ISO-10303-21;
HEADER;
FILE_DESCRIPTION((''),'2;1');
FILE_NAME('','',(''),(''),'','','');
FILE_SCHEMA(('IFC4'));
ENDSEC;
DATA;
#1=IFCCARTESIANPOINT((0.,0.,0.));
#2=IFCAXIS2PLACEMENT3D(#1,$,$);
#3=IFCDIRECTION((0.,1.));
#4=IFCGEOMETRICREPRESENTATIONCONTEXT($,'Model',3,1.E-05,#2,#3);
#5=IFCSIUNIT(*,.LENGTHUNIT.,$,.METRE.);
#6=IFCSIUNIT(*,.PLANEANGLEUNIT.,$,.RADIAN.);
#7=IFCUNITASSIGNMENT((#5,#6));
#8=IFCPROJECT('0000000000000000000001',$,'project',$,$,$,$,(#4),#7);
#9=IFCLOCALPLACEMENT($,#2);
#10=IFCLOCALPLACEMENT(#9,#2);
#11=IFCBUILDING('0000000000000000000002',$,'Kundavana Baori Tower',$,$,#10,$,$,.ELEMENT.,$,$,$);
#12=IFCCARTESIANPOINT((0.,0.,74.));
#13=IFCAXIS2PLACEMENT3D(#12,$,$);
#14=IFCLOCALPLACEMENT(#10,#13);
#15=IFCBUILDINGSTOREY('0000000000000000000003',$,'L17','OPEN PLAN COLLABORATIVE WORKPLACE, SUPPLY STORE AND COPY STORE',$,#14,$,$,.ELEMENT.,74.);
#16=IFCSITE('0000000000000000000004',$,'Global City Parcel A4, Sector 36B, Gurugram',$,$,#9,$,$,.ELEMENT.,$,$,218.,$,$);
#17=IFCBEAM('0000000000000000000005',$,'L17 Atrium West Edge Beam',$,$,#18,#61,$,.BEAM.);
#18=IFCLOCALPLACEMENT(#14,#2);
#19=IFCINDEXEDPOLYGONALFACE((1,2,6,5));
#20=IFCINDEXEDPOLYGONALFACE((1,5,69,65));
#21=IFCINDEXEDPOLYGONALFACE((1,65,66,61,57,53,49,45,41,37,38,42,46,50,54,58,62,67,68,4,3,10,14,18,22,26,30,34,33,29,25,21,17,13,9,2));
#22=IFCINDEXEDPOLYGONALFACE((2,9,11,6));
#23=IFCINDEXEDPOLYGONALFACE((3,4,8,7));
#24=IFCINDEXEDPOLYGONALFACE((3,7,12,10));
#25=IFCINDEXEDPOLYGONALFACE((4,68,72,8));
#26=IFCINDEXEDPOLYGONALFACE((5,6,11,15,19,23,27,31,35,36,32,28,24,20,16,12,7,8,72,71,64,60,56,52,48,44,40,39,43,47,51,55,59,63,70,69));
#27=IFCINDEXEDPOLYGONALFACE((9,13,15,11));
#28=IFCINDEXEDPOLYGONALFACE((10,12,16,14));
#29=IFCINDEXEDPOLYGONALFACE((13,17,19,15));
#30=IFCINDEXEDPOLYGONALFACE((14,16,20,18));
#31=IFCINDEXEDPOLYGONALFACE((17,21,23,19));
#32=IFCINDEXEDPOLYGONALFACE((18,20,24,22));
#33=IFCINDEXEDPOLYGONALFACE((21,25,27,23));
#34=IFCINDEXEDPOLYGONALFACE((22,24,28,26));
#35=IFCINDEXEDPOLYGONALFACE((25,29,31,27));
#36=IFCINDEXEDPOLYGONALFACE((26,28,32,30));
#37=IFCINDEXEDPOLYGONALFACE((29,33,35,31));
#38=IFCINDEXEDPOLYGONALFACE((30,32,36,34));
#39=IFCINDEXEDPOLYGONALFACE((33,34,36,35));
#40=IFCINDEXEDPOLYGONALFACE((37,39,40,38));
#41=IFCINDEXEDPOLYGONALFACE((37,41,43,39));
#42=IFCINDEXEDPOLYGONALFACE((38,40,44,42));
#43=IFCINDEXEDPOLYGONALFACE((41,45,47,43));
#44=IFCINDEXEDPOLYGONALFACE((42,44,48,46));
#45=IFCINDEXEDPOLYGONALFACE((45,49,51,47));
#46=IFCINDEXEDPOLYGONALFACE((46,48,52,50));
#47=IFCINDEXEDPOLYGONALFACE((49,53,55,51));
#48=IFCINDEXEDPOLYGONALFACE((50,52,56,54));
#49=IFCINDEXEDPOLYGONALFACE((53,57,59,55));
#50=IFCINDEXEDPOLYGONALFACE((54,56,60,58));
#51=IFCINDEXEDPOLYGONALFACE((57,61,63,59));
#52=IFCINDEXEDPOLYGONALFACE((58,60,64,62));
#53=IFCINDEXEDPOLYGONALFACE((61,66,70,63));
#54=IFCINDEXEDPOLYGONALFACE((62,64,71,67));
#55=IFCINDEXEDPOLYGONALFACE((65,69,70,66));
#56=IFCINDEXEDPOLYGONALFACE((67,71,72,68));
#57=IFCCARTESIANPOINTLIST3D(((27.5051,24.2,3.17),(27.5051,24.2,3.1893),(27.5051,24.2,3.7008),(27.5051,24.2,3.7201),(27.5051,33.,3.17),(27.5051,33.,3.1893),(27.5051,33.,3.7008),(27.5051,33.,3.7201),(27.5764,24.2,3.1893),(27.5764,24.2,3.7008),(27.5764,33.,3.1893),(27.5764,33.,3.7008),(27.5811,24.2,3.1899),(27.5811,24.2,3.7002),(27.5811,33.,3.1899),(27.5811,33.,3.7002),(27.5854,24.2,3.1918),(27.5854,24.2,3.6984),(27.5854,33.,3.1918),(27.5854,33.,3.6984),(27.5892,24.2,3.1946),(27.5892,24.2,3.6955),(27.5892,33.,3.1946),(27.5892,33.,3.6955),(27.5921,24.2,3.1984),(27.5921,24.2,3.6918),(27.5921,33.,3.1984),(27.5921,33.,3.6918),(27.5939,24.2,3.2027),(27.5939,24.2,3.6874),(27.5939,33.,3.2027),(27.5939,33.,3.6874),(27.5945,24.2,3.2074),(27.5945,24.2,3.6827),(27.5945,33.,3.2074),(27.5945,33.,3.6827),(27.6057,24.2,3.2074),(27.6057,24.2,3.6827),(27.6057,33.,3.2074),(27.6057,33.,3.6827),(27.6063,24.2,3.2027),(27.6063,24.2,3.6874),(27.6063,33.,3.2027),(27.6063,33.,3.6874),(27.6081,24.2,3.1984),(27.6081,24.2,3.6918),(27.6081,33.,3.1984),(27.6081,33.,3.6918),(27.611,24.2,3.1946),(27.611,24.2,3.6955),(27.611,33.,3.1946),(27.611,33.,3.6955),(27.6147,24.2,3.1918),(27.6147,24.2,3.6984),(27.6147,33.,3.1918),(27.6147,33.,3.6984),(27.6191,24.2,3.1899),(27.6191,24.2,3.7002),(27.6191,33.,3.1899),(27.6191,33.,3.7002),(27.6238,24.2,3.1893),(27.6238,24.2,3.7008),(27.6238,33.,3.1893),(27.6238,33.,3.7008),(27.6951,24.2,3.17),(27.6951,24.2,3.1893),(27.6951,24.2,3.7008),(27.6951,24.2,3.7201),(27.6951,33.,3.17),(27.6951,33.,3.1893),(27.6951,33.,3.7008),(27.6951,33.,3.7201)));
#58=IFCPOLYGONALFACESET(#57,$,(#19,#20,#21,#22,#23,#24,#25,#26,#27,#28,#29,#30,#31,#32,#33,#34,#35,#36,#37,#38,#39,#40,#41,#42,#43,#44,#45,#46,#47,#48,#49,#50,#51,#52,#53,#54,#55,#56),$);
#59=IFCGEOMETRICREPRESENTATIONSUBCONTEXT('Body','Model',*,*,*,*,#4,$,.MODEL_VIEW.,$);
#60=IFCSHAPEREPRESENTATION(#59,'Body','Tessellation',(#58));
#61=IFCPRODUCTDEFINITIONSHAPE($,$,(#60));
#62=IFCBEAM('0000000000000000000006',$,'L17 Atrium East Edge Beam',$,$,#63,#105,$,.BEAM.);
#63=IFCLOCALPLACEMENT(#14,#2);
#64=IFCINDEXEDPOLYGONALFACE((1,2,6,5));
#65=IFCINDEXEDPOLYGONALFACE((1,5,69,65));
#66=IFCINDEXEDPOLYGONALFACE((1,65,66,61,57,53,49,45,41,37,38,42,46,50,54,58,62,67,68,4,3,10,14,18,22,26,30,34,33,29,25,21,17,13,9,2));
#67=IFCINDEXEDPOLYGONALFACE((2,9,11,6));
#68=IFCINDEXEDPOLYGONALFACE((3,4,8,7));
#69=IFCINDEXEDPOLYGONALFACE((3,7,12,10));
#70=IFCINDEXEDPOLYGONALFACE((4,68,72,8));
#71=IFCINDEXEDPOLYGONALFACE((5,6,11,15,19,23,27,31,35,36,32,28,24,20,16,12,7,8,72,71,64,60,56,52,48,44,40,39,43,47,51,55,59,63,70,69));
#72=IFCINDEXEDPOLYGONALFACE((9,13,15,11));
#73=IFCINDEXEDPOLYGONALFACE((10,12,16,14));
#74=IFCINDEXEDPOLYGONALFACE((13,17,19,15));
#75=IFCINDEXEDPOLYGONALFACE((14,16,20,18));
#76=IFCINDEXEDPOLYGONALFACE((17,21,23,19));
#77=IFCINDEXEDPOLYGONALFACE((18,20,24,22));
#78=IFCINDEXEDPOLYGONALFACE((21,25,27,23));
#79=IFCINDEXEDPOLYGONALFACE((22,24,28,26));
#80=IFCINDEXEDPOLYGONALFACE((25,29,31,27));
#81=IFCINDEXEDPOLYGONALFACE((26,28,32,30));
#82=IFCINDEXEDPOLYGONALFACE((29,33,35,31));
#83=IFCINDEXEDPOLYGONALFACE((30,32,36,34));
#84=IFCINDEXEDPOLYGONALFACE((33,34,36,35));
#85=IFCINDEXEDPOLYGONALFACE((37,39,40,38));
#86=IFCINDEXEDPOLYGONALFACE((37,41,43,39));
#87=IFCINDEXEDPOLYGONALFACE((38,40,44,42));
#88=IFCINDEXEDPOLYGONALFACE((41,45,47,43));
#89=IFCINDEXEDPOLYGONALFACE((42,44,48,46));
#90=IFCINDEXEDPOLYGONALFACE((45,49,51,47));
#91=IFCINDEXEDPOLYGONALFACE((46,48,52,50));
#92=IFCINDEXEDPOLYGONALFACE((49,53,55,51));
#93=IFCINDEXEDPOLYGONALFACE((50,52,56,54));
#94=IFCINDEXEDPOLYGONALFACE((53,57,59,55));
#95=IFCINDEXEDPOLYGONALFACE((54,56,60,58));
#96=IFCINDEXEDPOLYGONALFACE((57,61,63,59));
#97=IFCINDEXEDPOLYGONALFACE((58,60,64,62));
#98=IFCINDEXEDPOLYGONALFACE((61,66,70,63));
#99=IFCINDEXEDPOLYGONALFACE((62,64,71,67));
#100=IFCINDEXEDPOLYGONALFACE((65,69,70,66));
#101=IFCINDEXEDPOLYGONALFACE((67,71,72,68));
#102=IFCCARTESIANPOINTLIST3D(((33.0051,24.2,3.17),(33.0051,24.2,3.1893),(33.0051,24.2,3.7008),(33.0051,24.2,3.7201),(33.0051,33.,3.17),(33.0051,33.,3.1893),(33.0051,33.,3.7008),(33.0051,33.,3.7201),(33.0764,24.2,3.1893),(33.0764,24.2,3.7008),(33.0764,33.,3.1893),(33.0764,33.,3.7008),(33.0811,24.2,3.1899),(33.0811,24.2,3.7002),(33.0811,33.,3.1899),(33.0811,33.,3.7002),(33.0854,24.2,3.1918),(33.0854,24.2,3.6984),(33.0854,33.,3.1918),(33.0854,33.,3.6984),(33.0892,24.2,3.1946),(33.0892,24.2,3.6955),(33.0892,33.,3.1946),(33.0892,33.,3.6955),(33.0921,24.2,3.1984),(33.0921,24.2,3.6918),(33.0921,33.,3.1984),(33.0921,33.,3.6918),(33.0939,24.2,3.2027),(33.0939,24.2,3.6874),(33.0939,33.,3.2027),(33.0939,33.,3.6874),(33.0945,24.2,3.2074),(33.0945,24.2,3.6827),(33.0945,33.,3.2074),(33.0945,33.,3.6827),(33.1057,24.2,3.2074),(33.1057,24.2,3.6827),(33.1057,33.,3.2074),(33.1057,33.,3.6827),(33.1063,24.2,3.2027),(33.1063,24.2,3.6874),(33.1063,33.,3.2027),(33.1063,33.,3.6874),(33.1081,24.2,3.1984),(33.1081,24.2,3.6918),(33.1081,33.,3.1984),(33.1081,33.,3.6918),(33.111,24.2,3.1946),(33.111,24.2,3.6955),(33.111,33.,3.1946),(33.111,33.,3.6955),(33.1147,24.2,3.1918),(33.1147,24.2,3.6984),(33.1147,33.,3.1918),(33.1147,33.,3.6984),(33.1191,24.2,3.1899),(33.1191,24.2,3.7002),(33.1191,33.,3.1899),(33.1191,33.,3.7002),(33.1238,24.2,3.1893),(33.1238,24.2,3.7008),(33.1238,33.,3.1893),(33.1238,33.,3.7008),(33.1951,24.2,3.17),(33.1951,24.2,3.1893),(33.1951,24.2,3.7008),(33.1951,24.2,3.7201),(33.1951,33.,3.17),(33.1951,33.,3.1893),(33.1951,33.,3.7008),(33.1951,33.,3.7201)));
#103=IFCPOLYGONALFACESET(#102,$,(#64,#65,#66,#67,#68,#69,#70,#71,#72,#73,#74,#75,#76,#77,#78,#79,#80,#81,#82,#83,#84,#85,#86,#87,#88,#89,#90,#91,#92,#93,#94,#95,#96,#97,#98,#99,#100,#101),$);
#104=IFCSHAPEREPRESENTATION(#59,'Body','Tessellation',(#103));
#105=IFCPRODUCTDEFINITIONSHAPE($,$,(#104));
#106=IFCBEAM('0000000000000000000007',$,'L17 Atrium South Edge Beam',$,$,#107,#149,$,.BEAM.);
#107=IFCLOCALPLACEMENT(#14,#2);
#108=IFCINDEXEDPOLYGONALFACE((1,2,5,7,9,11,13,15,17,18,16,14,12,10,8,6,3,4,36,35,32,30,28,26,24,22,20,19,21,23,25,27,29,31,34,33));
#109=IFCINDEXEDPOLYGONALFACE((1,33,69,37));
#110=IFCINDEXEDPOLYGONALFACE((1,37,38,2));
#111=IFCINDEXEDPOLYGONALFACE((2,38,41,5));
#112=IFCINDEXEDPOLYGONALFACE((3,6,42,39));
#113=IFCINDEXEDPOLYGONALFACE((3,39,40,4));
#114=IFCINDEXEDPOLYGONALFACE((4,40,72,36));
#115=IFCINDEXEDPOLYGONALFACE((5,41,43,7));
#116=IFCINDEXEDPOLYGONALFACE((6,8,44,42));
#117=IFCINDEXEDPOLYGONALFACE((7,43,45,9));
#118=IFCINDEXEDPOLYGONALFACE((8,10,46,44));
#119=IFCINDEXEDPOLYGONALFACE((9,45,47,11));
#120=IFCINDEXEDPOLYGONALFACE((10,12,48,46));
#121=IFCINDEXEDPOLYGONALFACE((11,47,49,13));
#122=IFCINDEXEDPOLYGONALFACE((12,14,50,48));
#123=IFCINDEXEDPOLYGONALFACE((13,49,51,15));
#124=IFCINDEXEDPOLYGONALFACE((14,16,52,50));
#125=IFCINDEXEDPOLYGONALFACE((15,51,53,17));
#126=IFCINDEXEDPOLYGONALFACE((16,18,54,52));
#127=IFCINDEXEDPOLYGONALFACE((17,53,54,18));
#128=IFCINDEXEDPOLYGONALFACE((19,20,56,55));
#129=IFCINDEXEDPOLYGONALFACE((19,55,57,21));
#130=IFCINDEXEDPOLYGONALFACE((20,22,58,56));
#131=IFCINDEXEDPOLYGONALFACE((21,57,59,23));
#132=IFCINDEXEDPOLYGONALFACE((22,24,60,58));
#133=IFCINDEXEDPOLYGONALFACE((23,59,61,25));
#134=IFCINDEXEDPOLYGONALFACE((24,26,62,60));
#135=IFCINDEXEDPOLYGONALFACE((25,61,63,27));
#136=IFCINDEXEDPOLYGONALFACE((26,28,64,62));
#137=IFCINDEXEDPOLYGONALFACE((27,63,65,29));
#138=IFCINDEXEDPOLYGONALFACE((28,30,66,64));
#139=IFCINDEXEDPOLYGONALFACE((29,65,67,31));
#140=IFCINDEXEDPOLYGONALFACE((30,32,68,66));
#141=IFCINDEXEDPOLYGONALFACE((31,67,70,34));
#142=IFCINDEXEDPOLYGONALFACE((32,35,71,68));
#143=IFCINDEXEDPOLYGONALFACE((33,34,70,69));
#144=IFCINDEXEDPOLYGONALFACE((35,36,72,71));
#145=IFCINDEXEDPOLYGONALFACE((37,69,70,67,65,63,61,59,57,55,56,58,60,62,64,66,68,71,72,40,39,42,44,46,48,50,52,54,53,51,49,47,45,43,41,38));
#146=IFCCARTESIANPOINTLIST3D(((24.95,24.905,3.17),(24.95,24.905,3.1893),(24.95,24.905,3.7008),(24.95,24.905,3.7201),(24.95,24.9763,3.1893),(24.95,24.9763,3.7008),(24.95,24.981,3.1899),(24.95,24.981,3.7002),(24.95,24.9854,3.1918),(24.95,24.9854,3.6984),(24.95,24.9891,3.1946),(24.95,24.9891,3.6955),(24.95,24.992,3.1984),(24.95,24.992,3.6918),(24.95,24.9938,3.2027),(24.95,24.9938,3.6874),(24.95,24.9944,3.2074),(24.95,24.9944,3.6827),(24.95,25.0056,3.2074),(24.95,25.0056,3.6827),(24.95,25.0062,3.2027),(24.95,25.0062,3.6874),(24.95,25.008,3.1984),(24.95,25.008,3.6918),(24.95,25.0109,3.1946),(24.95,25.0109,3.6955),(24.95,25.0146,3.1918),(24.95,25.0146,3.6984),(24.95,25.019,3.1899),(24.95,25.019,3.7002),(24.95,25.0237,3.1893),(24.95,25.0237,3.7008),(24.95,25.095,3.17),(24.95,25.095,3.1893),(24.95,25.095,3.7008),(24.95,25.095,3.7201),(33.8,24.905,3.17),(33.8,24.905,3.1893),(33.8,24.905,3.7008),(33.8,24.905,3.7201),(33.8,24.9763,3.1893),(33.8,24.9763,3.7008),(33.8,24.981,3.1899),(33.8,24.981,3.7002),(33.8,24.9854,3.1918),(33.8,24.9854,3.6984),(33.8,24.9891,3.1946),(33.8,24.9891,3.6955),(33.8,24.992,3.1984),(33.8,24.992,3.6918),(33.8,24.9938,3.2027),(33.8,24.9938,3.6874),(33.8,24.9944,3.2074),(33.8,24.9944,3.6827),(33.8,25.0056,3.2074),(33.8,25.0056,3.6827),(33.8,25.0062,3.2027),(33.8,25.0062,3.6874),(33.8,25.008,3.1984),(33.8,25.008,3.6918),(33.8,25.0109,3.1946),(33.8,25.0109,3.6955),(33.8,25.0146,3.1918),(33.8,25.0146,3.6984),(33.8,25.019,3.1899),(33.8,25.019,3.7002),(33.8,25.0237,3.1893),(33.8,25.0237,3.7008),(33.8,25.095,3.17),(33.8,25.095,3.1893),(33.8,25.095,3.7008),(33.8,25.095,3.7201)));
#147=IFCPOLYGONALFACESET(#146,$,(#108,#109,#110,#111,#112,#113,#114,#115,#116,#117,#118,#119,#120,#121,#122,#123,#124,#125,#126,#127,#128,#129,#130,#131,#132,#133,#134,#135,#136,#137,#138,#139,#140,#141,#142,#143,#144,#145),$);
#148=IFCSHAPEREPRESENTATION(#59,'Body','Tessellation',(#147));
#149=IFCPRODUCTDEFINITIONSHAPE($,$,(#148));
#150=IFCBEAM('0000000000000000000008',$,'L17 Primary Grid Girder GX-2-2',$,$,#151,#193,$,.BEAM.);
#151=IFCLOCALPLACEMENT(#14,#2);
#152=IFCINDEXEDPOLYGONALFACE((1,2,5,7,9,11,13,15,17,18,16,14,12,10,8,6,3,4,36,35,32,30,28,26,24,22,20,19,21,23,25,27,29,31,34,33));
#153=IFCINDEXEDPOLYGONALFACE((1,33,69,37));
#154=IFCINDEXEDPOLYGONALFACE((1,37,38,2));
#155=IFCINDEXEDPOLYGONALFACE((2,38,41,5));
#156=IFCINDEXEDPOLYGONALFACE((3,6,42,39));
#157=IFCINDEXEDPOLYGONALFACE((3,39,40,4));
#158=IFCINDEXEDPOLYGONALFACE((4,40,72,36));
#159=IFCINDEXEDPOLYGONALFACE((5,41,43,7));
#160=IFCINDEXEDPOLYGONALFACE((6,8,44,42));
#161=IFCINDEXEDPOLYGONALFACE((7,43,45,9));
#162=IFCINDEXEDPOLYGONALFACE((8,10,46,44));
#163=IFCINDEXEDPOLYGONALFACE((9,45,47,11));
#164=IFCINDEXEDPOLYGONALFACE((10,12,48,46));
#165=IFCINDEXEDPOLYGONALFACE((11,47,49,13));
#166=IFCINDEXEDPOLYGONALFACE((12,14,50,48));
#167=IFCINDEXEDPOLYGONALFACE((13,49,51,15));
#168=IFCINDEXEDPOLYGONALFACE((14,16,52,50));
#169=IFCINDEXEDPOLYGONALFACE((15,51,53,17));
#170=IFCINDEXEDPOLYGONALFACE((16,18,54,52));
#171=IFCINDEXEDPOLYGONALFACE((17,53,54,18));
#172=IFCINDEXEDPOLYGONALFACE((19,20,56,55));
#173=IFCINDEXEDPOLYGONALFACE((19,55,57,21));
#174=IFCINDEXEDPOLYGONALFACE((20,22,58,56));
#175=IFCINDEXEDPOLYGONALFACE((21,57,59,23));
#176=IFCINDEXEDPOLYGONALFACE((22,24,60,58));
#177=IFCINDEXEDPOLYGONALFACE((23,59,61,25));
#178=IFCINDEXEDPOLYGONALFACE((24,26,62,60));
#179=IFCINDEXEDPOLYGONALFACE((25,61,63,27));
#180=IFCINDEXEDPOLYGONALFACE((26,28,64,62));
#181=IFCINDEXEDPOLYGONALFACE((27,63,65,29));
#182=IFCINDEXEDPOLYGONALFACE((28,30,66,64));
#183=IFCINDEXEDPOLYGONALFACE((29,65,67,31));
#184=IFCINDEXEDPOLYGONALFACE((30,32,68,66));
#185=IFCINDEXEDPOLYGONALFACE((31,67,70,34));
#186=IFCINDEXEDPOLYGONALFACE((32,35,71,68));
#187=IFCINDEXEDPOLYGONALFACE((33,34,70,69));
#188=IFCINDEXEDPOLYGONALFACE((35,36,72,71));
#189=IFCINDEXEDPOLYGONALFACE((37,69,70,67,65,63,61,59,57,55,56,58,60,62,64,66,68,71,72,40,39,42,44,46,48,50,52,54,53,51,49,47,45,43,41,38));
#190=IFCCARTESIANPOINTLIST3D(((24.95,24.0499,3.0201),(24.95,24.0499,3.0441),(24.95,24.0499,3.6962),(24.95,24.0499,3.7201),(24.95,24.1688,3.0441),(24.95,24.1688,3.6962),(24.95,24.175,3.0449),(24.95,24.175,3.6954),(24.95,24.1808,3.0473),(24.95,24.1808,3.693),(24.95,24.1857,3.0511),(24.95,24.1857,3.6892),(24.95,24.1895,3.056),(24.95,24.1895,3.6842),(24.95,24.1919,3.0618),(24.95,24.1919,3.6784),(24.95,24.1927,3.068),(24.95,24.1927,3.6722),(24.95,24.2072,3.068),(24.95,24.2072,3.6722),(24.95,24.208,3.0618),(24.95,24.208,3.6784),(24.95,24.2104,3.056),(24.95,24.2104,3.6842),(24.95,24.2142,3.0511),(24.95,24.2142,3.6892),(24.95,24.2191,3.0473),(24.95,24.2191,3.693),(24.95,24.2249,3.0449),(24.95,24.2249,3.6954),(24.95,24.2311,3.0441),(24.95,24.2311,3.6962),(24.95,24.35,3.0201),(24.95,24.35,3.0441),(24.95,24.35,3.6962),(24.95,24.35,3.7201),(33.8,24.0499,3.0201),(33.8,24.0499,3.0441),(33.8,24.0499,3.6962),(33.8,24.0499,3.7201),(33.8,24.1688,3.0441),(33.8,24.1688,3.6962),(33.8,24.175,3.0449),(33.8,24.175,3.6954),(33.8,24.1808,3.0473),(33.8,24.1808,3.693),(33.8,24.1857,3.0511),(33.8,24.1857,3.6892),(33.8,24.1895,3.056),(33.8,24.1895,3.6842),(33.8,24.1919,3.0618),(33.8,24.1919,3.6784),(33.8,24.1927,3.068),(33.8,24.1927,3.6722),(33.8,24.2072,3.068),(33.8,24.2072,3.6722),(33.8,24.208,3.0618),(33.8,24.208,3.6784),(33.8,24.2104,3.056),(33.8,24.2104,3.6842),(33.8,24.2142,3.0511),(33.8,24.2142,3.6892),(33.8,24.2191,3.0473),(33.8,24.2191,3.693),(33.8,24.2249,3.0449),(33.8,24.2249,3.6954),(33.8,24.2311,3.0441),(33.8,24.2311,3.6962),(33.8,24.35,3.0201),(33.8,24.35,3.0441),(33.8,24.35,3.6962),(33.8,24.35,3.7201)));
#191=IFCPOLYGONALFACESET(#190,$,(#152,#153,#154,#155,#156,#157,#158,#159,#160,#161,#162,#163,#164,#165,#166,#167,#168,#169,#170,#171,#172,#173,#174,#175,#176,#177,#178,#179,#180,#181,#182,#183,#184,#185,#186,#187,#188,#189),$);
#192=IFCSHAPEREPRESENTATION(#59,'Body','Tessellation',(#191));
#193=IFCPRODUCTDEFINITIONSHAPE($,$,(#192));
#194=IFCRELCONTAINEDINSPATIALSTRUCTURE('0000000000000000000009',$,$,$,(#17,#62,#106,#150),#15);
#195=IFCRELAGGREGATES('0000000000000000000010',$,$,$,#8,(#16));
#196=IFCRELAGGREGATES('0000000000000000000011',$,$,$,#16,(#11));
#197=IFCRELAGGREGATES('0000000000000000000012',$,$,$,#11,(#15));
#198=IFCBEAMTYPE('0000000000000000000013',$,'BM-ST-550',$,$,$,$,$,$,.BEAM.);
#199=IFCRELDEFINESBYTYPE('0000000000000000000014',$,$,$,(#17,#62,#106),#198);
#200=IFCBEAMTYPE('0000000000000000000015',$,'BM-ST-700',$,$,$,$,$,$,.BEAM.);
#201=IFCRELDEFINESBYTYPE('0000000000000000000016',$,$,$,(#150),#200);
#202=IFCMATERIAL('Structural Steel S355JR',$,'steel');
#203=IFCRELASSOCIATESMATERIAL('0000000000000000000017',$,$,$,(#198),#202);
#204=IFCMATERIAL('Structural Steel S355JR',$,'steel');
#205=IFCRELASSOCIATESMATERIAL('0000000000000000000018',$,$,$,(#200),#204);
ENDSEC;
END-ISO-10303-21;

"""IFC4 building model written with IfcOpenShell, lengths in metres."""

from ifc_helpers import new_model, si_unit, direction, frame, origin, origin_2d, place, context, subcontext, project, spatial, i_section, extrude, material, material_profile, profile_set, type_object, element, save


model = new_model("IFC4")

# Units and contexts
model_context = context("Model", 3, precision=1e-05, world=origin(), true_north=direction((0.0, 1.0)))
body_context = subcontext(model_context, "Body", "Model", "MODEL_VIEW")
ifc_project = project(units=[si_unit("LENGTHUNIT", "METRE"), si_unit("PLANEANGLEUNIT", "RADIAN")], contexts=[model_context])

# Site, building, storey
site_placement = place(None, origin())
site = spatial("IfcSite", under=ifc_project, at=site_placement, Name="Global City Parcel A4, Sector 36B, Gurugram", CompositionType="ELEMENT", RefElevation=218.0)
building_placement = place(site_placement, origin())
building = spatial("IfcBuilding", under=site, at=building_placement, Name="Kundavana Baori Tower", CompositionType="ELEMENT")
storey_placement = place(building_placement, frame((0.0, 0.0, 74.0)))
storey = spatial("IfcBuildingStorey", under=building, at=storey_placement, Name="L17", Description="OPEN PLAN COLLABORATIVE WORKPLACE, SUPPLY STORE AND COPY STORE", CompositionType="ELEMENT", Elevation=74.0)

# Beams
ifc_material_1 = material(Name="Structural Steel S355JR", Category="steel")
ifc_material_profile_1 = material_profile(ifc_material_1, i_section(OverallWidth=0.1899, OverallDepth=0.55, WebThickness=0.0112, FlangeThickness=0.0193, FilletRadius=0.0181, at=origin_2d()), Name="ISMB 550")
ifc_profile_set_1 = profile_set([ifc_material_profile_1], Name="Structural Steel S355JR")
beam_type_1 = type_object("IfcBeamType", Name="BM-ST-550", PredefinedType="BEAM", material=ifc_profile_set_1)
for number, where, z_axis, x_axis, name in (
    (1, (27.6001, 24.2, 3.4451), (0.0, 1.0, 0.0), (-1.0, 0.0, 0.0), "L17 Atrium West Edge Beam"),
    (2, (33.1001, 24.2, 3.4451), (0.0, 1.0, 0.0), (-1.0, 0.0, 0.0), "L17 Atrium East Edge Beam"),
):
    element("IfcBeam", number, at=place(storey_placement, frame(where, z_axis=z_axis, x_axis=x_axis)), inside=storey, type_object=beam_type_1, Name=name, PredefinedType="BEAM", context=body_context, shape_type="SweptSolid", body=[
        extrude(i_section(OverallWidth=0.1899, OverallDepth=0.55, WebThickness=0.0112, FlangeThickness=0.0193, FilletRadius=0.0181, at=origin_2d()), origin(), (0.0, 0.0, 1.0), 8.8),
    ])
beam_1_placement = place(storey_placement, frame((24.95, 25.0, 3.4451), z_axis=(1.0, 0.0, 0.0), x_axis=(0.0, 1.0, 0.0)))
element("IfcBeam", 3, at=beam_1_placement, inside=storey, type_object=beam_type_1, Name="L17 Atrium South Edge Beam", PredefinedType="BEAM", context=body_context, shape_type="SweptSolid", body=[
    extrude(i_section(OverallWidth=0.1899, OverallDepth=0.55, WebThickness=0.0112, FlangeThickness=0.0193, FilletRadius=0.0181, at=origin_2d()), origin(), (0.0, 0.0, 1.0), 8.8501),
])
ifc_material_2 = material(Name="Structural Steel S355JR", Category="steel")
ifc_material_profile_2 = material_profile(ifc_material_2, i_section(OverallWidth=0.3, OverallDepth=0.7, WebThickness=0.0144, FlangeThickness=0.0239, FilletRadius=0.0239, at=origin_2d()), Name="NPB 700x300x170")
ifc_profile_set_2 = profile_set([ifc_material_profile_2], Name="Structural Steel S355JR")
beam_type_2 = type_object("IfcBeamType", Name="BM-ST-700", PredefinedType="BEAM", material=ifc_profile_set_2)
beam_2_placement = place(storey_placement, frame((24.95, 24.2, 3.3701), z_axis=(1.0, 0.0, 0.0), x_axis=(0.0, 1.0, 0.0)))
element("IfcBeam", 4, at=beam_2_placement, inside=storey, type_object=beam_type_2, Name="L17 Primary Grid Girder GX-2-2", PredefinedType="BEAM", context=body_context, shape_type="SweptSolid", body=[
    extrude(i_section(OverallWidth=0.3, OverallDepth=0.7, WebThickness=0.0144, FlangeThickness=0.0239, FilletRadius=0.0239, at=origin_2d()), origin(), (0.0, 0.0, 1.0), 8.8501),
])

save(model, "model.ifc")
